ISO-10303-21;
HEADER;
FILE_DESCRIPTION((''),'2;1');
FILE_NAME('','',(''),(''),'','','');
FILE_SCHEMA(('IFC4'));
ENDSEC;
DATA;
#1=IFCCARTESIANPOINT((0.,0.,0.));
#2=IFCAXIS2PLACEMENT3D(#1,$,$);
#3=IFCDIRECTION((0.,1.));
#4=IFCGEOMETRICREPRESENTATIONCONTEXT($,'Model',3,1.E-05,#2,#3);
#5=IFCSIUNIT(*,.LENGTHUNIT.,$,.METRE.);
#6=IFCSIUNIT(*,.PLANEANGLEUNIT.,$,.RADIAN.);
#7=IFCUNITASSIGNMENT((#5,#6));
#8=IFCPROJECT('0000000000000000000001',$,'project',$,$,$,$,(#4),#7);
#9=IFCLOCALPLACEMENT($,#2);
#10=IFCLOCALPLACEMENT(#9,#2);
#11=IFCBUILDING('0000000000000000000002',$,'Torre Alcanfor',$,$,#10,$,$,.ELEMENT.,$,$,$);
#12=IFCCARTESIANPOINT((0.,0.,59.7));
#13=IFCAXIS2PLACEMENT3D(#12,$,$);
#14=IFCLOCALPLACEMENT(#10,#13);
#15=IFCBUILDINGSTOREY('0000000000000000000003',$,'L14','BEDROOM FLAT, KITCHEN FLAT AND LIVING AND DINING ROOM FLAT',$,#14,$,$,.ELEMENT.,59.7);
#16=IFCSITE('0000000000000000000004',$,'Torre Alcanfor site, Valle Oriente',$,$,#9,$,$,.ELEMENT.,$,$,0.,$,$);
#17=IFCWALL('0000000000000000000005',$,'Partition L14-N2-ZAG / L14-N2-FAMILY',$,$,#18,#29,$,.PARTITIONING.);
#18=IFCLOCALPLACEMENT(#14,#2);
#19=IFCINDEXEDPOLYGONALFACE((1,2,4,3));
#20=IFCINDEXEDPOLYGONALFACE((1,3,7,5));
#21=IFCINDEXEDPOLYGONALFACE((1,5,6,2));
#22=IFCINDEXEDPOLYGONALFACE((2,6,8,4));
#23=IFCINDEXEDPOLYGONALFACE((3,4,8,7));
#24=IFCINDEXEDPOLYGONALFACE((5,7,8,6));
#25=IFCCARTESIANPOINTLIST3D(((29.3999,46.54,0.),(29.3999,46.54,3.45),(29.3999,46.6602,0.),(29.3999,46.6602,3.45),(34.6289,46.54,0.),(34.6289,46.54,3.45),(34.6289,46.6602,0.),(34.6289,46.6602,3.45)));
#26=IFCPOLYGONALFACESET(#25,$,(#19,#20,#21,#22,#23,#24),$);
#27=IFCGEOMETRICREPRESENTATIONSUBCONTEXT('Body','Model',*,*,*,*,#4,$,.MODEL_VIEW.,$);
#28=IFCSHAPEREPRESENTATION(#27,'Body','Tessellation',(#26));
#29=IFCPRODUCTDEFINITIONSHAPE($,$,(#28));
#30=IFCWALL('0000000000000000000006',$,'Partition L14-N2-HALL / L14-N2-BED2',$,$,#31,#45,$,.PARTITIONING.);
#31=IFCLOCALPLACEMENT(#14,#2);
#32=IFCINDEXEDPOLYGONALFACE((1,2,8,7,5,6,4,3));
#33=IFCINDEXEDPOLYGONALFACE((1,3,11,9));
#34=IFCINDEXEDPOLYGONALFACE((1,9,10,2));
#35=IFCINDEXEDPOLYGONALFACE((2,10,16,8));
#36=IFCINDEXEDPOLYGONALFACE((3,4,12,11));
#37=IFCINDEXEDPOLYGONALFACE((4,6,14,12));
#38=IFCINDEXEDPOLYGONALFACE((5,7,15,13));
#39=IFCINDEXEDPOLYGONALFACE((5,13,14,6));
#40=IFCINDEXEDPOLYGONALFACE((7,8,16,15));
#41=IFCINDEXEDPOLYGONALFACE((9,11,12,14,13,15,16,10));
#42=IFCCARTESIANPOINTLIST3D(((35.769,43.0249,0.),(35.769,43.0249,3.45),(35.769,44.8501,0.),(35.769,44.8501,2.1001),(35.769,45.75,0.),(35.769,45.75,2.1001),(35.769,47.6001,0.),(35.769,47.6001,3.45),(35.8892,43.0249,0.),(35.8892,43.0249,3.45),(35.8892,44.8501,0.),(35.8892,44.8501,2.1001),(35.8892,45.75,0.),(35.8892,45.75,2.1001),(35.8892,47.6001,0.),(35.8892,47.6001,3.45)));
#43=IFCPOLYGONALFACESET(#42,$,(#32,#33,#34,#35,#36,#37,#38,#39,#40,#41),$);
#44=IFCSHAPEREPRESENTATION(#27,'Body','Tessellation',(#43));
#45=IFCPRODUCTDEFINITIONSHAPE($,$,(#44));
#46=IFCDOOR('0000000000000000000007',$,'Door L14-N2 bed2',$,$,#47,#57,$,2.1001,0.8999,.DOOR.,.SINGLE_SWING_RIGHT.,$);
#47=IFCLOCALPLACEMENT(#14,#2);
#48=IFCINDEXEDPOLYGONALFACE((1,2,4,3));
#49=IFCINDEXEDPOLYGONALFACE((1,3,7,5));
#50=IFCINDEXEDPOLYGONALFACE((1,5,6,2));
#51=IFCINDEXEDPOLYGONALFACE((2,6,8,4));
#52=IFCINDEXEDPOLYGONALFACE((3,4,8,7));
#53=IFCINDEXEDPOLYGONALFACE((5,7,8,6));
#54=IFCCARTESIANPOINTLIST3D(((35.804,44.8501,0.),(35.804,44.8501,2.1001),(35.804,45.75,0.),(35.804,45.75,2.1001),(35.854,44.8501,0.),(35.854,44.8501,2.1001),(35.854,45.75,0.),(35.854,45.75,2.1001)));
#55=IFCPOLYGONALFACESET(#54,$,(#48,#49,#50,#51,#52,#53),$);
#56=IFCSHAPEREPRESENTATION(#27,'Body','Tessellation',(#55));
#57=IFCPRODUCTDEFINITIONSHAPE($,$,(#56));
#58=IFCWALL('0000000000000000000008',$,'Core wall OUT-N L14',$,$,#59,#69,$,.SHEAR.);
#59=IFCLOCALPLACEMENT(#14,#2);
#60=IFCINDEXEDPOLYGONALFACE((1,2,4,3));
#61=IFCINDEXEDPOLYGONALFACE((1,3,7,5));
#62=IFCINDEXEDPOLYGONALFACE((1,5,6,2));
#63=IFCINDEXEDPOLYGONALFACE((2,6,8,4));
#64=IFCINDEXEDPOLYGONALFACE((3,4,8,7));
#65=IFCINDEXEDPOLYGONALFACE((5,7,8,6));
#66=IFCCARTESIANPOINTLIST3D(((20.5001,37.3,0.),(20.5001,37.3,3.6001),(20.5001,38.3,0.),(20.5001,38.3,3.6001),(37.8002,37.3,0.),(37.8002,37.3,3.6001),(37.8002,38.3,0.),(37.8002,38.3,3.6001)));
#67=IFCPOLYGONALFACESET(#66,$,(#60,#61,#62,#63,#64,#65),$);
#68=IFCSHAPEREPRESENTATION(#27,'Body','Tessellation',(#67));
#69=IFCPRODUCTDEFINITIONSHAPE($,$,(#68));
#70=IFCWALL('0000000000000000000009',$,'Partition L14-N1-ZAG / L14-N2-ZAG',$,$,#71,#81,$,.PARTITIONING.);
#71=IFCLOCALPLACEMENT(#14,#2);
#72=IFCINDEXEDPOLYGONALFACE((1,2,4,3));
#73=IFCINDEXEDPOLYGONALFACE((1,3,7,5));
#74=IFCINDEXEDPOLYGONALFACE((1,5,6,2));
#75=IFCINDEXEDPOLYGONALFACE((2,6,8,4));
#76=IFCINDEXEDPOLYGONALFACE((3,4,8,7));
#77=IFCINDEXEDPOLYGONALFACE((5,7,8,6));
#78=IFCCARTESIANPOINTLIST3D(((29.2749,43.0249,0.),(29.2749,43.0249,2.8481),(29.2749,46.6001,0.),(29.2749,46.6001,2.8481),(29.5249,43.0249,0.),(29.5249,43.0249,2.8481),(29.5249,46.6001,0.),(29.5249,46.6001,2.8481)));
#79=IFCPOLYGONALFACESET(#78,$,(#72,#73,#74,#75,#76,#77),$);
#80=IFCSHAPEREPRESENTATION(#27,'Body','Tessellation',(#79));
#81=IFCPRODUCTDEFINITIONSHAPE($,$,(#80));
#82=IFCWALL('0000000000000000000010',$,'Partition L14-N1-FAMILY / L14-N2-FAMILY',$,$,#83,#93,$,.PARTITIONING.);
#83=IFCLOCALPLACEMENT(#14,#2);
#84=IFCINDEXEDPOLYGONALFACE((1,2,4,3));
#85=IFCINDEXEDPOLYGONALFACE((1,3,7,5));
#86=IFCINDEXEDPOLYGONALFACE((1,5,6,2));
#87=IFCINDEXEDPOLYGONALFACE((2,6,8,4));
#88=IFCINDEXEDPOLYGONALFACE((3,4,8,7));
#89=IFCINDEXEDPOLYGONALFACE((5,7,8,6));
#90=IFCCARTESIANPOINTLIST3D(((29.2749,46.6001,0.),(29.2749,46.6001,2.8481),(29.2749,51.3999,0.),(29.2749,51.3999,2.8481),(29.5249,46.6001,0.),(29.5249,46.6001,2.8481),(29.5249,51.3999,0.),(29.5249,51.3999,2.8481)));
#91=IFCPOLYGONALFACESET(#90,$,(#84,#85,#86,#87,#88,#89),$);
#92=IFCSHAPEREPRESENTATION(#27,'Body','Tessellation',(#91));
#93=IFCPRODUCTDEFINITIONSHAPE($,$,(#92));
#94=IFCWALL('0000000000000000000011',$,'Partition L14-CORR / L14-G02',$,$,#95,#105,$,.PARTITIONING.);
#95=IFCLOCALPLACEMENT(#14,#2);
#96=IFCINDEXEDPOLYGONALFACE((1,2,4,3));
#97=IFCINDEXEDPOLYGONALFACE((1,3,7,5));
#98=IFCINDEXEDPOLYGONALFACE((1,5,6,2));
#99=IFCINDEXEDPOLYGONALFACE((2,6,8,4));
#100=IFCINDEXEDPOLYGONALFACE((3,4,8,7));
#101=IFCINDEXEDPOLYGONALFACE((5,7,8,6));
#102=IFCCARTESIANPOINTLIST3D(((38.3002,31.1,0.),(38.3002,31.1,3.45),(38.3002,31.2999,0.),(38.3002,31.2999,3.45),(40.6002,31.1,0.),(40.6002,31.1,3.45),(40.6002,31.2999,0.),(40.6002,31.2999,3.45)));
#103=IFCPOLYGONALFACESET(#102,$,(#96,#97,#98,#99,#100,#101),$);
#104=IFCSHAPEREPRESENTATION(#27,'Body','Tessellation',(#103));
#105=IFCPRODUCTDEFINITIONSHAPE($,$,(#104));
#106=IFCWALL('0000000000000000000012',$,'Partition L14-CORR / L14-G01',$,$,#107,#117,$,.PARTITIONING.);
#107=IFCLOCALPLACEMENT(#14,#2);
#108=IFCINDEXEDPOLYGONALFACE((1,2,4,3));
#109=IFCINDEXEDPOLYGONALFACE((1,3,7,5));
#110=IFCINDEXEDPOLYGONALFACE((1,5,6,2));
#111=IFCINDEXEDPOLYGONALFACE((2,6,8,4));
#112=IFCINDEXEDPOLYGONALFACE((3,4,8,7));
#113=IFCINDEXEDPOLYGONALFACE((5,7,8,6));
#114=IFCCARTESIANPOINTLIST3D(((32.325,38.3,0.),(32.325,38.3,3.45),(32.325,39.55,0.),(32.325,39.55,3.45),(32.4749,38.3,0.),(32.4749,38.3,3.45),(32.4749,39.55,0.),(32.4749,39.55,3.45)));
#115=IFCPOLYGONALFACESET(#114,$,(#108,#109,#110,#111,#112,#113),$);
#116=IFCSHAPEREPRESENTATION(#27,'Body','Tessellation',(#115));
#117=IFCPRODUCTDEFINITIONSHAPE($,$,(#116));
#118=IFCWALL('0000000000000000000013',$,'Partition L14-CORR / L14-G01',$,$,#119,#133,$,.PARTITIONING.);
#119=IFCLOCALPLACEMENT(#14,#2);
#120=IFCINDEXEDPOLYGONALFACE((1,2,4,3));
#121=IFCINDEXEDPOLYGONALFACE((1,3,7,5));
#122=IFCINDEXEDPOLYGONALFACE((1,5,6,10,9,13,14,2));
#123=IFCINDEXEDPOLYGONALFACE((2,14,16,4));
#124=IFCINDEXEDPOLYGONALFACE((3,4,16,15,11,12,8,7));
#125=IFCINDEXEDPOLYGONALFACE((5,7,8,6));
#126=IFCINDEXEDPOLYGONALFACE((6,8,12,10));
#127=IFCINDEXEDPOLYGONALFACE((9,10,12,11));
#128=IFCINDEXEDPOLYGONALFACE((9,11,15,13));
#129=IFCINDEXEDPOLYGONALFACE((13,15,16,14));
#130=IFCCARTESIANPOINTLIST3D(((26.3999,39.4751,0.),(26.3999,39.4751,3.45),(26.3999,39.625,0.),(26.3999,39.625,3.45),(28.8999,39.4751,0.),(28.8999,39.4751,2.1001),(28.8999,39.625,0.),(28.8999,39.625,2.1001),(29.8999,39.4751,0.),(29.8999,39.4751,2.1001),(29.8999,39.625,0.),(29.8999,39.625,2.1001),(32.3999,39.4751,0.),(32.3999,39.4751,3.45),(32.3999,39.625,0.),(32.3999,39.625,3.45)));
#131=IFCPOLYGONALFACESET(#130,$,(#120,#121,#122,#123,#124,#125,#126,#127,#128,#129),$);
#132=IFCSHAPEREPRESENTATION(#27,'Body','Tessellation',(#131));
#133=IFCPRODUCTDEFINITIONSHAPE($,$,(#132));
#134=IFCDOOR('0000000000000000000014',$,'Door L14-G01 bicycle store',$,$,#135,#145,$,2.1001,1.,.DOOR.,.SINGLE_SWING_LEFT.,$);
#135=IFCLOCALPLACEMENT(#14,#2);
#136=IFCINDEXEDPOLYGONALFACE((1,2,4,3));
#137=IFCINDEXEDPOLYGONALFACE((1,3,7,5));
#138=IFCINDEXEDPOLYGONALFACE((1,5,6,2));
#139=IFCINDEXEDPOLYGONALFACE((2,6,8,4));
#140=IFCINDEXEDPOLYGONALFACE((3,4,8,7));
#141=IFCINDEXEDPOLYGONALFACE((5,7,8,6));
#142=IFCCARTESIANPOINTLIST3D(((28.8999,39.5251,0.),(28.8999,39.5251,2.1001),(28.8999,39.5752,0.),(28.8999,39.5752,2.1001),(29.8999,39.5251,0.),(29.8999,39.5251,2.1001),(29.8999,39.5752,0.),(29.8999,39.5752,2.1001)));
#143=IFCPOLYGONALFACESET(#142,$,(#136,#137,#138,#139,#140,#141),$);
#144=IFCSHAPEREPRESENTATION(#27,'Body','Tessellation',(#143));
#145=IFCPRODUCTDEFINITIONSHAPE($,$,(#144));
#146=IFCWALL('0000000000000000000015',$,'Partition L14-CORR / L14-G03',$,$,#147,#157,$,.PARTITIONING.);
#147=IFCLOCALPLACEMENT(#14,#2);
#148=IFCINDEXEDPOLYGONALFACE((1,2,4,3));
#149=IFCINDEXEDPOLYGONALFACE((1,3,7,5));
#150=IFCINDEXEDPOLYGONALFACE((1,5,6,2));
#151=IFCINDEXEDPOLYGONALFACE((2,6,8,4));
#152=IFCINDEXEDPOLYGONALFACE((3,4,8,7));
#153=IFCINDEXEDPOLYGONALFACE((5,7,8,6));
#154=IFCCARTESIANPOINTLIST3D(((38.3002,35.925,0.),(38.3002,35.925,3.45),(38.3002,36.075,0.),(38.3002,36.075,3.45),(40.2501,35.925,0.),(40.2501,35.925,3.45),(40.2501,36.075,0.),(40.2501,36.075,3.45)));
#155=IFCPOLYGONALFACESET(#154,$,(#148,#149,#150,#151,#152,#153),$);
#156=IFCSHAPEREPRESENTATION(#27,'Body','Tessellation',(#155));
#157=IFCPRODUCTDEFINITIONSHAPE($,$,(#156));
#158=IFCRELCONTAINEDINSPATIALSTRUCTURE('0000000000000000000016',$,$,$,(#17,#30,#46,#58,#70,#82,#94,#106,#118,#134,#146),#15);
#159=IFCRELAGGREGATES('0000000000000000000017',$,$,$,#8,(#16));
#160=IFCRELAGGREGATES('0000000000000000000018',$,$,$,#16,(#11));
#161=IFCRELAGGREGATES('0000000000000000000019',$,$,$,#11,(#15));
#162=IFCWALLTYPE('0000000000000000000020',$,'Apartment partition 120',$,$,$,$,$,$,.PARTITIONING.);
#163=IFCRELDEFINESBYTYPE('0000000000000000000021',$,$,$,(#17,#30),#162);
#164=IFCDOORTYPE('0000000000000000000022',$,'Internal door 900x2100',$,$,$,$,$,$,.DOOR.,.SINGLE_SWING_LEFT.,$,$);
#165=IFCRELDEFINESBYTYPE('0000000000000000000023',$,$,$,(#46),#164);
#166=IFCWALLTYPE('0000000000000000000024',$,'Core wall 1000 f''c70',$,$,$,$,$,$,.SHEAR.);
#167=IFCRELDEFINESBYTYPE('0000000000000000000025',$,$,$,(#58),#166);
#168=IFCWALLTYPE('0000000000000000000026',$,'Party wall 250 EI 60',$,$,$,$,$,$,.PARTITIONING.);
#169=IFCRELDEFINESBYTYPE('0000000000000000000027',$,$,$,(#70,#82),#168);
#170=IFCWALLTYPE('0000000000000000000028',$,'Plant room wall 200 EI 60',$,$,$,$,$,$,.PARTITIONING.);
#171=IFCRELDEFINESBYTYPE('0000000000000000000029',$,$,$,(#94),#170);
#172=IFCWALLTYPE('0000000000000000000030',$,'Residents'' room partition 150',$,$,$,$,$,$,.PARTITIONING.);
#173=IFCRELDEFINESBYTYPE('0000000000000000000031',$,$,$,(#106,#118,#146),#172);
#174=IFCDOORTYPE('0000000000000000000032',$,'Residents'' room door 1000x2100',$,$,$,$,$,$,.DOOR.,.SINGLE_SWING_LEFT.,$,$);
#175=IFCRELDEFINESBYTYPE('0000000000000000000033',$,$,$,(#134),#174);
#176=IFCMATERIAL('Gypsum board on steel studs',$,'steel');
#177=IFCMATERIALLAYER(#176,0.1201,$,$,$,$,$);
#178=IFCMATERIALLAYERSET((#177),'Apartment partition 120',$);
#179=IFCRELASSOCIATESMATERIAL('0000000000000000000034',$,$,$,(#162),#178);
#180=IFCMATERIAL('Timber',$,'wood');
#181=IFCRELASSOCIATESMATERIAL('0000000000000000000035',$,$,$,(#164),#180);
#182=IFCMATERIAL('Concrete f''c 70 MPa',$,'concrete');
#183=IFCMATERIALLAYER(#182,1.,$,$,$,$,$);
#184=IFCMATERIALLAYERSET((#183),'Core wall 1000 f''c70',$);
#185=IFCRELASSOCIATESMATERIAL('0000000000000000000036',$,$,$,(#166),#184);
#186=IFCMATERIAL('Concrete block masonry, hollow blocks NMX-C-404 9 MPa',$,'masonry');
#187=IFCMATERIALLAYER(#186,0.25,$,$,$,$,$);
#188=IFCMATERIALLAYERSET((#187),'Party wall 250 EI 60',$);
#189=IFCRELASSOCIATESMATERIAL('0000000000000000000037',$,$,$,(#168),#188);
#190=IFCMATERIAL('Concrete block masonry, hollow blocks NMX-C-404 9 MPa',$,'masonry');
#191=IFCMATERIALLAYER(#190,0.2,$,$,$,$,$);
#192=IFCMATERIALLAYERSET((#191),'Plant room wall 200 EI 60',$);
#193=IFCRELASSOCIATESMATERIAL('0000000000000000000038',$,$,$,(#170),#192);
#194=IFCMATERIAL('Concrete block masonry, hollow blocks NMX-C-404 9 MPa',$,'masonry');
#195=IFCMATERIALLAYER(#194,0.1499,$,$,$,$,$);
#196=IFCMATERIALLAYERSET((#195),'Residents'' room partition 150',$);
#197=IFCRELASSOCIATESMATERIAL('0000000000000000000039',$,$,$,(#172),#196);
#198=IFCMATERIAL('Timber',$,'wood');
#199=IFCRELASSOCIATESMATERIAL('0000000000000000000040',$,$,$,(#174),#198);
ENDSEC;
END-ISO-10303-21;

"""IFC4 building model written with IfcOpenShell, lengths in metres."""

from ifc_helpers import new_model, si_unit, direction, frame, frame_2d, origin, place, context, subcontext, project, spatial, rectangle, extrude, material, layer, layer_set, type_object, element, fill, save


model = new_model("IFC4")

# Units and contexts
model_context = context("Model", 3, precision=1e-05, world=origin(), true_north=direction((0.0, 1.0)))
body_context = subcontext(model_context, "Body", "Model", "MODEL_VIEW")
ifc_project = project(units=[si_unit("LENGTHUNIT", "METRE"), si_unit("PLANEANGLEUNIT", "RADIAN")], contexts=[model_context])

# Site, building, storey
site_placement = place(None, origin())
site = spatial("IfcSite", under=ifc_project, at=site_placement, Name="Torre Alcanfor site, Valle Oriente", CompositionType="ELEMENT", RefElevation=0.0)
building_placement = place(site_placement, origin())
building = spatial("IfcBuilding", under=site, at=building_placement, Name="Torre Alcanfor", CompositionType="ELEMENT")
storey_placement = place(building_placement, frame((0.0, 0.0, 59.7)))
storey = spatial("IfcBuildingStorey", under=building, at=storey_placement, Name="L14", Description="BEDROOM FLAT, KITCHEN FLAT AND LIVING AND DINING ROOM FLAT", CompositionType="ELEMENT", Elevation=59.7)

# Wall
ifc_material_1 = material(Name="Gypsum board on steel studs", Category="steel")
ifc_layer_1 = layer(ifc_material_1, 0.1201)
ifc_layer_set_1 = layer_set([ifc_layer_1], Name="Apartment partition 120")
wall_type_1 = type_object("IfcWallType", Name="Apartment partition 120", PredefinedType="PARTITIONING", material=ifc_layer_set_1)
wall_1_placement = place(storey_placement, frame((29.3999, 46.6001, 0.0), z_axis=(0.0, 0.0, 1.0), x_axis=(1.0, 0.0, 0.0)))
element("IfcWall", 1, at=wall_1_placement, inside=storey, type_object=wall_type_1, Name="Partition L14-N2-ZAG / L14-N2-FAMILY", PredefinedType="PARTITIONING", context=body_context, shape_type="SweptSolid", body=[
    extrude(rectangle(XDim=5.229, YDim=0.1201, at=frame_2d((2.6145, 0.0))), origin(), (0.0, 0.0, 1.0), 3.45),
])

# Wall, opening, door
wall_2_placement = place(storey_placement, frame((35.8291, 47.6001, 0.0), z_axis=(0.0, 0.0, 1.0), x_axis=(0.0, -1.0, 0.0)))
wall_2 = element("IfcWall", 2, at=wall_2_placement, inside=storey, type_object=wall_type_1, Name="Partition L14-N2-HALL / L14-N2-BED2", PredefinedType="PARTITIONING", context=body_context, shape_type="SweptSolid", body=[
    extrude(rectangle(XDim=4.5752, YDim=0.1201, at=frame_2d((2.2876, 0.0))), origin(), (0.0, 0.0, 1.0), 3.45),
])
opening_1_placement = place(wall_2_placement, frame((1.8501, 0.0, 0.0)))
opening_1 = element("IfcOpeningElement", 3, at=opening_1_placement, cuts=wall_2, PredefinedType="OPENING", context=body_context, shape_type="SweptSolid", body=[
    extrude(rectangle(XDim=0.8999, YDim=2.1001, at=frame_2d((0.45, 1.05))), frame((0.0, 0.0701, 0.0), z_axis=(0.0, -1.0, 0.0), x_axis=(1.0, 0.0, 0.0)), (0.0, 0.0, 1.0), 0.1401),
])
ifc_material_2 = material(Name="Timber", Category="wood")
door_type_1 = type_object("IfcDoorType", Name="Internal door 900x2100", OperationType="SINGLE_SWING_LEFT", PredefinedType="DOOR", material=ifc_material_2)
door_1_placement = place(opening_1_placement, origin())
door_1 = element("IfcDoor", 4, at=door_1_placement, inside=storey, type_object=door_type_1, Name="Door L14-N2 bed2", OperationType="SINGLE_SWING_RIGHT", OverallHeight=2.1001, OverallWidth=0.8999, PredefinedType="DOOR", context=body_context, shape_type="SweptSolid", body=[
    extrude(rectangle(XDim=0.8999, YDim=2.1001, at=frame_2d((0.45, 1.05))), frame((0.0, 0.0249, 0.0), z_axis=(0.0, -1.0, 0.0), x_axis=(1.0, 0.0, 0.0)), (0.0, 0.0, 1.0), 0.05),
])
fill(opening_1, door_1)

# Walls
ifc_material_3 = material(Name="Concrete f'c 70 MPa", Category="concrete")
ifc_layer_2 = layer(ifc_material_3, 1.0)
ifc_layer_set_2 = layer_set([ifc_layer_2], Name="Core wall 1000 f'c70")
wall_type_2 = type_object("IfcWallType", Name="Core wall 1000 f'c70", PredefinedType="SHEAR", material=ifc_layer_set_2)
wall_3_placement = place(storey_placement, frame((37.8, 37.8, 0.0), z_axis=(0.0, 0.0, 1.0), x_axis=(-1.0, 0.0, 0.0)))
element("IfcWall", 5, at=wall_3_placement, inside=storey, type_object=wall_type_2, Name="Core wall OUT-N L14", PredefinedType="SHEAR", context=body_context, shape_type="SweptSolid", body=[
    extrude(rectangle(XDim=17.3, YDim=1.0, at=frame_2d((8.6499, 0.0))), origin(), (0.0, 0.0, 1.0), 3.6001),
])
ifc_material_4 = material(Name="Concrete block masonry, hollow blocks NMX-C-404 9 MPa", Category="masonry")
ifc_layer_3 = layer(ifc_material_4, 0.25)
ifc_layer_set_3 = layer_set([ifc_layer_3], Name="Party wall 250 EI 60")
wall_type_3 = type_object("IfcWallType", Name="Party wall 250 EI 60", PredefinedType="PARTITIONING", material=ifc_layer_set_3)
wall_4_placement = place(storey_placement, frame((29.3999, 43.0249, 0.0), z_axis=(0.0, 0.0, 1.0), x_axis=(0.0, 1.0, 0.0)))
element("IfcWall", 6, at=wall_4_placement, inside=storey, type_object=wall_type_3, Name="Partition L14-N1-ZAG / L14-N2-ZAG", PredefinedType="PARTITIONING", context=body_context, shape_type="SweptSolid", body=[
    extrude(rectangle(XDim=3.5752, YDim=0.25, at=frame_2d((1.7876, 0.0))), origin(), (0.0, 0.0, 1.0), 2.8481),
])
wall_5_placement = place(storey_placement, frame((29.3999, 46.6001, 0.0), z_axis=(0.0, 0.0, 1.0), x_axis=(0.0, 1.0, 0.0)))
element("IfcWall", 7, at=wall_5_placement, inside=storey, type_object=wall_type_3, Name="Partition L14-N1-FAMILY / L14-N2-FAMILY", PredefinedType="PARTITIONING", context=body_context, shape_type="SweptSolid", body=[
    extrude(rectangle(XDim=4.7998, YDim=0.25, at=frame_2d((2.3999, 0.0))), origin(), (0.0, 0.0, 1.0), 2.8481),
])
ifc_material_5 = material(Name="Concrete block masonry, hollow blocks NMX-C-404 9 MPa", Category="masonry")
ifc_layer_4 = layer(ifc_material_5, 0.2)
ifc_layer_set_4 = layer_set([ifc_layer_4], Name="Plant room wall 200 EI 60")
wall_type_4 = type_object("IfcWallType", Name="Plant room wall 200 EI 60", PredefinedType="PARTITIONING", material=ifc_layer_set_4)
wall_6_placement = place(storey_placement, frame((40.6001, 31.2, 0.0), z_axis=(0.0, 0.0, 1.0), x_axis=(-1.0, 0.0, 0.0)))
element("IfcWall", 8, at=wall_6_placement, inside=storey, type_object=wall_type_4, Name="Partition L14-CORR / L14-G02", PredefinedType="PARTITIONING", context=body_context, shape_type="SweptSolid", body=[
    extrude(rectangle(XDim=2.3, YDim=0.2, at=frame_2d((1.1499, 0.0))), origin(), (0.0, 0.0, 1.0), 3.45),
])
ifc_material_6 = material(Name="Concrete block masonry, hollow blocks NMX-C-404 9 MPa", Category="masonry")
ifc_layer_5 = layer(ifc_material_6, 0.1499)
ifc_layer_set_5 = layer_set([ifc_layer_5], Name="Residents' room partition 150")
wall_type_5 = type_object("IfcWallType", Name="Residents' room partition 150", PredefinedType="PARTITIONING", material=ifc_layer_set_5)
wall_7_placement = place(storey_placement, frame((32.3999, 38.3, 0.0), z_axis=(0.0, 0.0, 1.0), x_axis=(0.0, 1.0, 0.0)))
element("IfcWall", 9, at=wall_7_placement, inside=storey, type_object=wall_type_5, Name="Partition L14-CORR / L14-G01", PredefinedType="PARTITIONING", context=body_context, shape_type="SweptSolid", body=[
    extrude(rectangle(XDim=1.25, YDim=0.1499, at=frame_2d((0.625, 0.0))), origin(), (0.0, 0.0, 1.0), 3.45),
])

# Wall, opening, door
wall_8_placement = place(storey_placement, frame((32.3999, 39.55, 0.0), z_axis=(0.0, 0.0, 1.0), x_axis=(-1.0, 0.0, 0.0)))
wall_8 = element("IfcWall", 10, at=wall_8_placement, inside=storey, type_object=wall_type_5, Name="Partition L14-CORR / L14-G01", PredefinedType="PARTITIONING", context=body_context, shape_type="SweptSolid", body=[
    extrude(rectangle(XDim=6.0, YDim=0.1499, at=frame_2d((3.0, 0.0))), origin(), (0.0, 0.0, 1.0), 3.45),
])
opening_2_placement = place(wall_8_placement, frame((2.5, 0.0, 0.0)))
opening_2 = element("IfcOpeningElement", 11, at=opening_2_placement, cuts=wall_8, PredefinedType="OPENING", context=body_context, shape_type="SweptSolid", body=[
    extrude(rectangle(XDim=1.0, YDim=2.1001, at=frame_2d((0.5, 1.05))), frame((0.0, 0.085, 0.0), z_axis=(0.0, -1.0, 0.0), x_axis=(1.0, 0.0, 0.0)), (0.0, 0.0, 1.0), 0.1699),
])
ifc_material_7 = material(Name="Timber", Category="wood")
door_type_2 = type_object("IfcDoorType", Name="Residents' room door 1000x2100", OperationType="SINGLE_SWING_LEFT", PredefinedType="DOOR", material=ifc_material_7)
door_2_placement = place(opening_2_placement, origin())
door_2 = element("IfcDoor", 12, at=door_2_placement, inside=storey, type_object=door_type_2, Name="Door L14-G01 bicycle store", OperationType="SINGLE_SWING_LEFT", OverallHeight=2.1001, OverallWidth=1.0, PredefinedType="DOOR", context=body_context, shape_type="SweptSolid", body=[
    extrude(rectangle(XDim=1.0, YDim=2.1001, at=frame_2d((0.5, 1.05))), frame((0.0, 0.0249, 0.0), z_axis=(0.0, -1.0, 0.0), x_axis=(1.0, 0.0, 0.0)), (0.0, 0.0, 1.0), 0.05),
])
fill(opening_2, door_2)

# Wall
wall_9_placement = place(storey_placement, frame((38.3, 36.0, 0.0), z_axis=(0.0, 0.0, 1.0), x_axis=(1.0, 0.0, 0.0)))
element("IfcWall", 13, at=wall_9_placement, inside=storey, type_object=wall_type_5, Name="Partition L14-CORR / L14-G03", PredefinedType="PARTITIONING", context=body_context, shape_type="SweptSolid", body=[
    extrude(rectangle(XDim=1.95, YDim=0.1499, at=frame_2d((0.9751, 0.0))), origin(), (0.0, 0.0, 1.0), 3.45),
])

save(model, "model.ifc")
